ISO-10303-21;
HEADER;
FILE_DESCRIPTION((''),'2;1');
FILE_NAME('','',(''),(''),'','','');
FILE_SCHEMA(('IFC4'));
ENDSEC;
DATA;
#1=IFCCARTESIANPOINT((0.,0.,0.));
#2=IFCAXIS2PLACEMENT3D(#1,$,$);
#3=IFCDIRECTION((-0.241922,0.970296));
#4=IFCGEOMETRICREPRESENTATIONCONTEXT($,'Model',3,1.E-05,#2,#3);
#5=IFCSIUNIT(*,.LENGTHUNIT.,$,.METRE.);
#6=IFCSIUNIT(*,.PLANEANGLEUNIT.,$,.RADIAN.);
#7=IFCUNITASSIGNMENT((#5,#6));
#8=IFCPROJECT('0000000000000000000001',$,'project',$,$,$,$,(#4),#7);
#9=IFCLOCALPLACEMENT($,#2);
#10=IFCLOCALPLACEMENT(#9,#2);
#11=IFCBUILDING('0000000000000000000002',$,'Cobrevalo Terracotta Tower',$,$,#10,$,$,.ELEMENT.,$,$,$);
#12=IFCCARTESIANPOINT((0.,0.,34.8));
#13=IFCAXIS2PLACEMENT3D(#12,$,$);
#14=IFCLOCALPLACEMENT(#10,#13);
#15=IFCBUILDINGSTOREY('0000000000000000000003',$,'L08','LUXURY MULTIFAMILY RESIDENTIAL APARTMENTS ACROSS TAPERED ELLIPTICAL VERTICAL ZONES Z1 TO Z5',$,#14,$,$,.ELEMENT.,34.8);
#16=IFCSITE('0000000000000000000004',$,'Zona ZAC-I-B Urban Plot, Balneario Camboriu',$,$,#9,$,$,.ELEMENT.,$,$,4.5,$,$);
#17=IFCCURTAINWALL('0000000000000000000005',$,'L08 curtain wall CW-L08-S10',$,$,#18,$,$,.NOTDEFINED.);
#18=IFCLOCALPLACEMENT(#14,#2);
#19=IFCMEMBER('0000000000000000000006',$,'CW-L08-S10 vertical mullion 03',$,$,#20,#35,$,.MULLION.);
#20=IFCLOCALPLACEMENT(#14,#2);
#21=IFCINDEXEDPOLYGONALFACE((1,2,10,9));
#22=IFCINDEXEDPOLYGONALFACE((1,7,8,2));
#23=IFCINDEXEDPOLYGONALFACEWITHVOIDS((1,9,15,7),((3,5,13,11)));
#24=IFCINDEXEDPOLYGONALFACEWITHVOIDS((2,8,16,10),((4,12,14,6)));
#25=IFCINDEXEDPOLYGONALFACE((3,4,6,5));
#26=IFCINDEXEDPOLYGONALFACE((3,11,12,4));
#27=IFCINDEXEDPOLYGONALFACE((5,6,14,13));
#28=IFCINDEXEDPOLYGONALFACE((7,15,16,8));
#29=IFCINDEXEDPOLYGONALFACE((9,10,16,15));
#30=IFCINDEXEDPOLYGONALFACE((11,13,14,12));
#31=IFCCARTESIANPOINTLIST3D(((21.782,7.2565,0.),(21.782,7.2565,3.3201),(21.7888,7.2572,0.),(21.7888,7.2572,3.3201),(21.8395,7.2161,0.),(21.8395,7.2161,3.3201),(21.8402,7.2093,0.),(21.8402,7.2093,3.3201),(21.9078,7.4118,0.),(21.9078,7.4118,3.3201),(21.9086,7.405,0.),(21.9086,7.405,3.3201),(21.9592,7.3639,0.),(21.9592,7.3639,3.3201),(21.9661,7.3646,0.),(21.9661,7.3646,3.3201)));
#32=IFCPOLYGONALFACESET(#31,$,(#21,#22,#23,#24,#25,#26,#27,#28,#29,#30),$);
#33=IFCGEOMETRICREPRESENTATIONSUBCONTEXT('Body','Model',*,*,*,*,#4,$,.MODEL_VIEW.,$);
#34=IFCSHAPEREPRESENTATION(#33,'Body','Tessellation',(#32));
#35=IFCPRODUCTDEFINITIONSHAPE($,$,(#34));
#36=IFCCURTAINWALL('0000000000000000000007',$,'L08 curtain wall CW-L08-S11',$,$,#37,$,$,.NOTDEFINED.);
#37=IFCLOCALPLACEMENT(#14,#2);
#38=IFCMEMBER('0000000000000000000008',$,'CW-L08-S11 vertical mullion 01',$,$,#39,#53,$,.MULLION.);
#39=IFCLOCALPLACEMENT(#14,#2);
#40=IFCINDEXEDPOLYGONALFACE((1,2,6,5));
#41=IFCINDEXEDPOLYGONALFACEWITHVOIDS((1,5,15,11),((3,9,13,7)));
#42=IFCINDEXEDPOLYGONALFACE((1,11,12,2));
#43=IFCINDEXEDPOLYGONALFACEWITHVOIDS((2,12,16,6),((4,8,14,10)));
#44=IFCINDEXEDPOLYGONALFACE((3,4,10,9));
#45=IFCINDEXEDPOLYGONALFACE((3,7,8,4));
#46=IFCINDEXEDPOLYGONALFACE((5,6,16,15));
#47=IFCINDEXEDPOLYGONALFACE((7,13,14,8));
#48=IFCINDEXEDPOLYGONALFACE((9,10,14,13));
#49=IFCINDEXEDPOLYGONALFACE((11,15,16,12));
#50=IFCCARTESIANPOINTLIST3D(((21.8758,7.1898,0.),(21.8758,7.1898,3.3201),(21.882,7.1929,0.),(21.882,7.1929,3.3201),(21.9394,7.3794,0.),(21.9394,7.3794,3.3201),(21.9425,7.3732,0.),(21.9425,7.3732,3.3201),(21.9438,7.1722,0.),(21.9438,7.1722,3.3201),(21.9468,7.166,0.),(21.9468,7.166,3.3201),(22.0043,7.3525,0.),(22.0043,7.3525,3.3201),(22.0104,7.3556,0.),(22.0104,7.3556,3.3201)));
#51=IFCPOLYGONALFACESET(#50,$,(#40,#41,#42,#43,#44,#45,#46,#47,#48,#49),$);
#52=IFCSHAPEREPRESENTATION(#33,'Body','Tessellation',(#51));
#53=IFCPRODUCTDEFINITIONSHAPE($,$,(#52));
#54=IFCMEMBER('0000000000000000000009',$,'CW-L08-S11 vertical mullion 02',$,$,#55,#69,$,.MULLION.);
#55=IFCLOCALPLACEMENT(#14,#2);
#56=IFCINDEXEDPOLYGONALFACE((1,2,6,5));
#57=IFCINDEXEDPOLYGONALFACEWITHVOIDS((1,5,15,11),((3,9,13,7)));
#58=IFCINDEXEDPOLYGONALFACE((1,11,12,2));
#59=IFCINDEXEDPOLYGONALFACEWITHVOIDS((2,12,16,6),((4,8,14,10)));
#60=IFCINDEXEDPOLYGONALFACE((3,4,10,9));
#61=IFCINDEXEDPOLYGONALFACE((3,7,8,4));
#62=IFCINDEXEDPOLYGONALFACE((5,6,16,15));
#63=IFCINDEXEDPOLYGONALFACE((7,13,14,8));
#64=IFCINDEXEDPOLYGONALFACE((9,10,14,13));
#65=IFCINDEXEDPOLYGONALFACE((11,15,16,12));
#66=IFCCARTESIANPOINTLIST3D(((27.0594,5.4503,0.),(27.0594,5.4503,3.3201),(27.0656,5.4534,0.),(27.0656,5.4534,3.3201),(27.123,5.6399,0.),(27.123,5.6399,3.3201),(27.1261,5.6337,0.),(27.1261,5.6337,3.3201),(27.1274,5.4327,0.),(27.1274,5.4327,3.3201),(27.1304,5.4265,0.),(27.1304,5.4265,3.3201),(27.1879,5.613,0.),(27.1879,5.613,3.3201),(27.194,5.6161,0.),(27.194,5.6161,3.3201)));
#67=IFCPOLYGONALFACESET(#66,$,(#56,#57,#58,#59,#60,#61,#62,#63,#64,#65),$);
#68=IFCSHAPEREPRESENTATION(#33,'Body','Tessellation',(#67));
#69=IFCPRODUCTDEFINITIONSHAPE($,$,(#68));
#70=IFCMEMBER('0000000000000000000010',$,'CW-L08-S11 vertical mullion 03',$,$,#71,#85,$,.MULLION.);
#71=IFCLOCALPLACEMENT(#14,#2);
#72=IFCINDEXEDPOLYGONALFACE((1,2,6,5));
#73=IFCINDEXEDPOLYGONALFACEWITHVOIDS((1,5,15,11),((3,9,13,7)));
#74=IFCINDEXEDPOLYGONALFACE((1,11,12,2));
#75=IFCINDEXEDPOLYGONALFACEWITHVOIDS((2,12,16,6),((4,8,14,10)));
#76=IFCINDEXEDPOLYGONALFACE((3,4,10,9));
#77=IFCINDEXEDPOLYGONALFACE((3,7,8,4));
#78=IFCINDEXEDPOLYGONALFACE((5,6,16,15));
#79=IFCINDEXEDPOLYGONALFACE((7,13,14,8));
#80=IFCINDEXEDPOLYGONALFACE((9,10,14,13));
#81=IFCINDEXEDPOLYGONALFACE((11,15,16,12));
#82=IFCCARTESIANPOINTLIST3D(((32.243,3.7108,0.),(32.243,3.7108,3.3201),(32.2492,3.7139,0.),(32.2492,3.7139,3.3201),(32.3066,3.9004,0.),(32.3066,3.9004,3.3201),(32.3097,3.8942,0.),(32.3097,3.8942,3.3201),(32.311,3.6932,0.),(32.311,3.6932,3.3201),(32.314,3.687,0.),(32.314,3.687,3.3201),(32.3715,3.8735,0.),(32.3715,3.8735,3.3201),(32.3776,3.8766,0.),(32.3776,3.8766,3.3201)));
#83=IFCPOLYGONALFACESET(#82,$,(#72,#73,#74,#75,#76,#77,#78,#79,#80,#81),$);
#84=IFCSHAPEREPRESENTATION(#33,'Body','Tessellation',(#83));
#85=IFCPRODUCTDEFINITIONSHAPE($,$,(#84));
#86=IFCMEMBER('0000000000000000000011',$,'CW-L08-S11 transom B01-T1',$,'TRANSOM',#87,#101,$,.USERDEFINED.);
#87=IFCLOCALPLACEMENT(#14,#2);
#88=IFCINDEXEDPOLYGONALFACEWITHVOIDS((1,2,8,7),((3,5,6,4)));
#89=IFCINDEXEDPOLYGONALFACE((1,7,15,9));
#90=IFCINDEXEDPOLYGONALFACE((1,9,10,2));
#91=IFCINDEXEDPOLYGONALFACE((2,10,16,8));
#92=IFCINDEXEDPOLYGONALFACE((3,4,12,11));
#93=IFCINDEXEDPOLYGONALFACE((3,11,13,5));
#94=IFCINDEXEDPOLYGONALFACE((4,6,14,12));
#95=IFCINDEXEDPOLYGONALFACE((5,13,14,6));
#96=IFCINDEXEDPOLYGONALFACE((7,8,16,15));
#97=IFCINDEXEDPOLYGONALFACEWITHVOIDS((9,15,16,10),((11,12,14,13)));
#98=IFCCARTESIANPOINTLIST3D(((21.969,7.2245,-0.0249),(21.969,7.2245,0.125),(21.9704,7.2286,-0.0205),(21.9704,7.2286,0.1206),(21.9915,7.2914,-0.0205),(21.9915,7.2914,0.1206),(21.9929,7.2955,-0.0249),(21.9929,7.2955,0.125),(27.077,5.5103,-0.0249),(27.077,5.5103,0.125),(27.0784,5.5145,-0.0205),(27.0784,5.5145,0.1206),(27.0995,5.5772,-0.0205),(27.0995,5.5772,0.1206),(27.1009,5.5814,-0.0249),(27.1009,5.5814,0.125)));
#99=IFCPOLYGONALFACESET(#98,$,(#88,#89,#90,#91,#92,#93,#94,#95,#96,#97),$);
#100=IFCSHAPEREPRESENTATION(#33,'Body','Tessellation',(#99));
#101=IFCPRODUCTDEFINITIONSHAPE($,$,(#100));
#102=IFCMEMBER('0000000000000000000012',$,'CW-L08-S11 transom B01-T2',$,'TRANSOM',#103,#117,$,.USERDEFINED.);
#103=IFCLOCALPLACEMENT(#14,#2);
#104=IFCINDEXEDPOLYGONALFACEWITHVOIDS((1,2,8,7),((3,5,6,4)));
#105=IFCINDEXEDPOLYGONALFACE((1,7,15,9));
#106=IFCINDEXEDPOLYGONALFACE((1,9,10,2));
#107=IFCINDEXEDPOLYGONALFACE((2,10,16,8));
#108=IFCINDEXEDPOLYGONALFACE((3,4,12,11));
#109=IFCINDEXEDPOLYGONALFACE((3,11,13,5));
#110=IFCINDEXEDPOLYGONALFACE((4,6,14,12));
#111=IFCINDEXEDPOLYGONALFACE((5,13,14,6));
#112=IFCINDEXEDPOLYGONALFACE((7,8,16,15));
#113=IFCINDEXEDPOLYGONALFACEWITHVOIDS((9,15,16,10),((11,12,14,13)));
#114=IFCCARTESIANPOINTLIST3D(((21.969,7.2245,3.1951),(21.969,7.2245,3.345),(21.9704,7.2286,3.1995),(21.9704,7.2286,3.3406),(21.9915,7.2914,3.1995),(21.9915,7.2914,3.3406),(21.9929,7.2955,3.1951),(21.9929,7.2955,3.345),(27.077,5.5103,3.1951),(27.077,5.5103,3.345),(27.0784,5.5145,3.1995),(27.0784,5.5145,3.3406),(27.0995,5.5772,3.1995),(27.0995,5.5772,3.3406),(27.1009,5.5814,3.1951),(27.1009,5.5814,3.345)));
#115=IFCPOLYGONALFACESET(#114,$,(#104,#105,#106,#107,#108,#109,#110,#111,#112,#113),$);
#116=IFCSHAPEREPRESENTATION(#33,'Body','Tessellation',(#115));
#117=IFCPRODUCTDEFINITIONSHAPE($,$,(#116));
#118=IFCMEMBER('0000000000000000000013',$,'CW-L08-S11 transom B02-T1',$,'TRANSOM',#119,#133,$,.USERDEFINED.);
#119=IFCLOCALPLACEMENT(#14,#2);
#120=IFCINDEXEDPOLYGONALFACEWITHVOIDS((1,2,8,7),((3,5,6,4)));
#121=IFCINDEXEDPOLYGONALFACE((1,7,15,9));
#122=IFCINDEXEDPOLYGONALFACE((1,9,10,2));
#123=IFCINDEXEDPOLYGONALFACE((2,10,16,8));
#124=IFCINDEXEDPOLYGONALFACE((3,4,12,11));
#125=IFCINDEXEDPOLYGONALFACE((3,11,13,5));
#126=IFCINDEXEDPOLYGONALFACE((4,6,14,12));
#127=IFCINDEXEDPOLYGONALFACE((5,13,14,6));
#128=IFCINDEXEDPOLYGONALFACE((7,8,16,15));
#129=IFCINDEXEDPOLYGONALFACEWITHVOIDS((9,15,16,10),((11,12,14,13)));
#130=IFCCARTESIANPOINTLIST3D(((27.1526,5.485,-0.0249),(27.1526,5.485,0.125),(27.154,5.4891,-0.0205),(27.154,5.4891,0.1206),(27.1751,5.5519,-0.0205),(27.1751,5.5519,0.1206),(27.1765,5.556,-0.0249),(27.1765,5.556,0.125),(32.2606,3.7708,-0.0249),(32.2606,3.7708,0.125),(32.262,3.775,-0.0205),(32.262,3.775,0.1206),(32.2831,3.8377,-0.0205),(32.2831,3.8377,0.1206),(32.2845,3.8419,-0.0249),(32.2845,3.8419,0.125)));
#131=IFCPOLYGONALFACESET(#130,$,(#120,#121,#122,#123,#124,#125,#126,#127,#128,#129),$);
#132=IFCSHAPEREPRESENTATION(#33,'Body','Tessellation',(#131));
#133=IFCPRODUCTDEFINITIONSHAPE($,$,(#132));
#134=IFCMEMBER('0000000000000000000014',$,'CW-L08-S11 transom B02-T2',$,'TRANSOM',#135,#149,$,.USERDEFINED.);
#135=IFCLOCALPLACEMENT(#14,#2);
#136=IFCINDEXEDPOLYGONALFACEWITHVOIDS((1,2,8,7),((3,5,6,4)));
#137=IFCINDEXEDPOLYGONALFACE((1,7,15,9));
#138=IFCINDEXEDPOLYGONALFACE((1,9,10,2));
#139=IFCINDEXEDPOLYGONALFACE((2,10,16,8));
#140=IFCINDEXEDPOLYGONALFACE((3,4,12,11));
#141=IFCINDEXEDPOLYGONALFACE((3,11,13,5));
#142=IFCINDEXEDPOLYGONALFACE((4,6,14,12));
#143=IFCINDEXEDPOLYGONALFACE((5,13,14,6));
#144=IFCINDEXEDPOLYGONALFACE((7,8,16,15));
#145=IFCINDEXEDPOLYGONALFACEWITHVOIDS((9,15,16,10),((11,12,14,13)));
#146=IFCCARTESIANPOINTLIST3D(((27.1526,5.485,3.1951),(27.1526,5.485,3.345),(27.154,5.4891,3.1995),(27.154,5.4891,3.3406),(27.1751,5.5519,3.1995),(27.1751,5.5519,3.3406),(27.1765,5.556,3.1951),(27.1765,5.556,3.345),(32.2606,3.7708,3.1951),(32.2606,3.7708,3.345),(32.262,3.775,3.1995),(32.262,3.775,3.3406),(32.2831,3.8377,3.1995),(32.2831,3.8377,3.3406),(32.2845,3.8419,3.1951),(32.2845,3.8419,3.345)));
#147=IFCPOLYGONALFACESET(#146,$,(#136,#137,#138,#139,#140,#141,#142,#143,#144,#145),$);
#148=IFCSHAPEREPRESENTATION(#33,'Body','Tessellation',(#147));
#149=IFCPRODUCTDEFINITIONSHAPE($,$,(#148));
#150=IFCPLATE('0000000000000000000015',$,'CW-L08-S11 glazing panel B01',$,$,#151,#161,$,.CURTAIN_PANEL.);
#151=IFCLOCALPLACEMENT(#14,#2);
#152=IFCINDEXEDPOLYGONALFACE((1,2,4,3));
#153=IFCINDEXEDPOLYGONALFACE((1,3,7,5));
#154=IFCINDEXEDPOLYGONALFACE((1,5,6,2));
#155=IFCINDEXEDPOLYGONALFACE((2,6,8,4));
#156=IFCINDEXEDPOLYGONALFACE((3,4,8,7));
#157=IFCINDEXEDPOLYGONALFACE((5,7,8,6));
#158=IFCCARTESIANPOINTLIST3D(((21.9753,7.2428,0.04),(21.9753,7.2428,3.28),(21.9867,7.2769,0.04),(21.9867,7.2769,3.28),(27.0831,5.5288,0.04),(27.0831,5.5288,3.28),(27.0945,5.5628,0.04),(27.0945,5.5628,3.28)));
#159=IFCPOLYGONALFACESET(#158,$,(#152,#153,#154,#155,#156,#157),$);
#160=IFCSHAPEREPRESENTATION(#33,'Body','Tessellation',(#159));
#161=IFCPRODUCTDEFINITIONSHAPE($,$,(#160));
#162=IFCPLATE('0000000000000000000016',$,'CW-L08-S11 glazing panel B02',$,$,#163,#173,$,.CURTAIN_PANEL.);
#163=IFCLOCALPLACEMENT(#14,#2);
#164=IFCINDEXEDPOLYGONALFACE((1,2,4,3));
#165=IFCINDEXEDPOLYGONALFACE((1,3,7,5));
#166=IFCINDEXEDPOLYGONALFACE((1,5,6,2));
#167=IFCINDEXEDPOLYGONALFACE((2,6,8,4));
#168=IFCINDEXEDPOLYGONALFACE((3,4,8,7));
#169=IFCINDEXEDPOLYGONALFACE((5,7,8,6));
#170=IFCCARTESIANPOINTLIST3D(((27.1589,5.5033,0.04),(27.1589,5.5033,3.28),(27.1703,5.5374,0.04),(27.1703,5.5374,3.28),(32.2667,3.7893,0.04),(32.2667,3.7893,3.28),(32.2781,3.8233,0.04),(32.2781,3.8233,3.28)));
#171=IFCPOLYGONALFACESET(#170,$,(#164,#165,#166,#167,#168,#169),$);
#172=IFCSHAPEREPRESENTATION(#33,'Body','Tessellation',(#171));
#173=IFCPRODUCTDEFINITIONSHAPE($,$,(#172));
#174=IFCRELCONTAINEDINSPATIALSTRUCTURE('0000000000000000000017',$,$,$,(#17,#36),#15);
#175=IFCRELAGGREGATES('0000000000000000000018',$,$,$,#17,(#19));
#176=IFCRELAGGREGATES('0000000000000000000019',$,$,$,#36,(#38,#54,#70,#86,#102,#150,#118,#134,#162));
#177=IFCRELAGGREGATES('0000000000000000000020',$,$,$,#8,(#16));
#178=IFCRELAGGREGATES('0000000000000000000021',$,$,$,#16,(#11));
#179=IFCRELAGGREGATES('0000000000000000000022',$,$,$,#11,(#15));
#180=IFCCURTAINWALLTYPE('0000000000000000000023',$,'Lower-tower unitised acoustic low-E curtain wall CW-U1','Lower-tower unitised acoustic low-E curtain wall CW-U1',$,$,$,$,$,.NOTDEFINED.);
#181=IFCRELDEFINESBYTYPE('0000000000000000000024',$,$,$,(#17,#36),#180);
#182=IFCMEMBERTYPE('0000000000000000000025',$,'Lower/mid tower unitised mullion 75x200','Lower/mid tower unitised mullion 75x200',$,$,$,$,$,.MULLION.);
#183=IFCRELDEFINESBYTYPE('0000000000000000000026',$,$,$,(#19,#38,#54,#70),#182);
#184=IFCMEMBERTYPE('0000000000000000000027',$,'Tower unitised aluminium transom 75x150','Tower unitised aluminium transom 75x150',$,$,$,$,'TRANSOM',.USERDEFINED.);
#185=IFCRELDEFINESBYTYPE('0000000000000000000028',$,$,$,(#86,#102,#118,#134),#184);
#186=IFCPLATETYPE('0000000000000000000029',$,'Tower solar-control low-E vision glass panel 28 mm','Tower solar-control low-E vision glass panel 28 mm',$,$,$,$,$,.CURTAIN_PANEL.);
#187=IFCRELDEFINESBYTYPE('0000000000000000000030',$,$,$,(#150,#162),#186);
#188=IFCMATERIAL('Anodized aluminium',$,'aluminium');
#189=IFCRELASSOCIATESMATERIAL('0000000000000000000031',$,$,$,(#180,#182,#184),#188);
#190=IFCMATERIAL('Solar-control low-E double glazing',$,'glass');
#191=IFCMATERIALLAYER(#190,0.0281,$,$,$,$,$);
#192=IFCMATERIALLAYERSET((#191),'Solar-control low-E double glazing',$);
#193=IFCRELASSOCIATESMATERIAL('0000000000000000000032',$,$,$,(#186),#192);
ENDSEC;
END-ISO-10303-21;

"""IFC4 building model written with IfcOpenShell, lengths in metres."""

from ifc_helpers import new_model, si_unit, direction, frame, origin, origin_2d, place, context, subcontext, project, spatial, rectangle, hollow_rectangle, extrude, source, transform, mapped, material, layer, layer_set, material_profile, profile_set, type_object, element, aggregate, save


model = new_model("IFC4")

# Units and contexts
model_context = context("Model", 3, precision=1e-05, world=origin(), true_north=direction((-0.241922, 0.970296)))
body_context = subcontext(model_context, "Body", "Model", "MODEL_VIEW")
ifc_project = project(units=[si_unit("LENGTHUNIT", "METRE"), si_unit("PLANEANGLEUNIT", "RADIAN")], contexts=[model_context])

# Site, building, storey
site_placement = place(None, origin())
site = spatial("IfcSite", under=ifc_project, at=site_placement, Name="Zona ZAC-I-B Urban Plot, Balneario Camboriu", CompositionType="ELEMENT", RefElevation=4.5)
building_placement = place(site_placement, origin())
building = spatial("IfcBuilding", under=site, at=building_placement, Name="Cobrevalo Terracotta Tower", CompositionType="ELEMENT")
storey_placement = place(building_placement, frame((0.0, 0.0, 34.8)))
storey = spatial("IfcBuildingStorey", under=building, at=storey_placement, Name="L08", Description="LUXURY MULTIFAMILY RESIDENTIAL APARTMENTS ACROSS TAPERED ELLIPTICAL VERTICAL ZONES Z1 TO Z5", CompositionType="ELEMENT", Elevation=34.8)

# Curtain wall, member
ifc_material_1 = material(Name="Anodized aluminium", Category="aluminium")
curtain_wall_type = type_object("IfcCurtainWallType", Name="Lower-tower unitised acoustic low-E curtain wall CW-U1", Description="Lower-tower unitised acoustic low-E curtain wall CW-U1", PredefinedType="NOTDEFINED", material=ifc_material_1)
curtain_wall_1_placement = place(storey_placement, origin())
curtain_wall_1 = element("IfcCurtainWall", 1, at=curtain_wall_1_placement, inside=storey, type_object=curtain_wall_type, Name="L08 curtain wall CW-L08-S10", PredefinedType="NOTDEFINED")
ifc_material_profile_1 = material_profile(ifc_material_1, hollow_rectangle(XDim=0.075, YDim=0.2, WallThickness=0.0049, at=origin_2d()), Name="CWM 75x200")
ifc_profile_set_1 = profile_set([ifc_material_profile_1], Name="Anodized aluminium")
member_type_1 = type_object("IfcMemberType", Name="Lower/mid tower unitised mullion 75x200", Description="Lower/mid tower unitised mullion 75x200", PredefinedType="MULLION", material=ifc_profile_set_1)
shared_shape_1 = source(origin(), body_context, "Body", "SweptSolid", [
    extrude(hollow_rectangle(XDim=0.075, YDim=0.2, WallThickness=0.0049, at=origin_2d()), origin(), (0.0, 0.0, 1.0), 3.3201),
])
member_1_placement = place(storey_placement, frame((21.874, 7.3105, 0.0), z_axis=(0.0, 0.0, 1.0), x_axis=(0.777003, -0.629497, 0.0)))
member_1 = element("IfcMember", 2, at=member_1_placement, type_object=member_type_1, Name="CW-L08-S10 vertical mullion 03", PredefinedType="MULLION", context=body_context, shape_type="MappedRepresentation", body=[
    mapped(shared_shape_1, transform((0.0, 0.0, 0.0), scale=1.0)),
])
aggregate(curtain_wall_1, [member_1])

# Curtain wall, members, plates
curtain_wall_2_placement = place(storey_placement, origin())
curtain_wall_2 = element("IfcCurtainWall", 3, at=curtain_wall_2_placement, inside=storey, type_object=curtain_wall_type, Name="L08 curtain wall CW-L08-S11", PredefinedType="NOTDEFINED")
member_2_placement = place(storey_placement, frame((21.9431, 7.2727, 0.0), z_axis=(0.0, 0.0, 1.0), x_axis=(0.948046, -0.318132, 0.0)))
member_2 = element("IfcMember", 4, at=member_2_placement, type_object=member_type_1, Name="CW-L08-S11 vertical mullion 01", PredefinedType="MULLION", context=body_context, shape_type="MappedRepresentation", body=[
    mapped(shared_shape_1, transform((0.0, 0.0, 0.0), scale=1.0)),
])
member_3_placement = place(storey_placement, frame((27.1267, 5.5332, 0.0), z_axis=(0.0, 0.0, 1.0), x_axis=(0.948046, -0.318132, 0.0)))
member_3 = element("IfcMember", 5, at=member_3_placement, type_object=member_type_1, Name="CW-L08-S11 vertical mullion 02", PredefinedType="MULLION", context=body_context, shape_type="MappedRepresentation", body=[
    mapped(shared_shape_1, transform((0.0, 0.0, 0.0), scale=1.0)),
])
member_4_placement = place(storey_placement, frame((32.3103, 3.7937, 0.0), z_axis=(0.0, 0.0, 1.0), x_axis=(0.948046, -0.318132, 0.0)))
member_4 = element("IfcMember", 6, at=member_4_placement, type_object=member_type_1, Name="CW-L08-S11 vertical mullion 03", PredefinedType="MULLION", context=body_context, shape_type="MappedRepresentation", body=[
    mapped(shared_shape_1, transform((0.0, 0.0, 0.0), scale=1.0)),
])
ifc_material_profile_2 = material_profile(ifc_material_1, hollow_rectangle(XDim=0.075, YDim=0.1499, WallThickness=0.0044, at=origin_2d()), Name="CWT 75x150")
ifc_profile_set_2 = profile_set([ifc_material_profile_2], Name="Anodized aluminium")
member_type_2 = type_object("IfcMemberType", Name="Tower unitised aluminium transom 75x150", Description="Tower unitised aluminium transom 75x150", ElementType="TRANSOM", PredefinedType="USERDEFINED", material=ifc_profile_set_2)
shared_shape_2 = source(origin(), body_context, "Body", "SweptSolid", [
    extrude(hollow_rectangle(XDim=0.075, YDim=0.1499, WallThickness=0.0044, at=origin_2d()), origin(), (0.0, 0.0, 1.0), 5.3879),
])
member_5_placement = place(storey_placement, frame((21.981, 7.26, 0.05), z_axis=(0.948042, -0.318144, 0.0), x_axis=(0.318144, 0.948042, 0.0)))
member_5 = element("IfcMember", 7, at=member_5_placement, type_object=member_type_2, Name="CW-L08-S11 transom B01-T1", ObjectType="TRANSOM", PredefinedType="USERDEFINED", context=body_context, shape_type="MappedRepresentation", body=[
    mapped(shared_shape_2, transform((0.0, 0.0, 0.0), scale=1.0)),
])
member_6_placement = place(storey_placement, frame((21.981, 7.26, 3.27), z_axis=(0.948042, -0.318144, 0.0), x_axis=(0.318144, 0.948042, 0.0)))
member_6 = element("IfcMember", 8, at=member_6_placement, type_object=member_type_2, Name="CW-L08-S11 transom B01-T2", ObjectType="TRANSOM", PredefinedType="USERDEFINED", context=body_context, shape_type="MappedRepresentation", body=[
    mapped(shared_shape_2, transform((0.0, 0.0, 0.0), scale=1.0)),
])
member_7_placement = place(storey_placement, frame((27.1646, 5.5205, 0.05), z_axis=(0.948042, -0.318144, 0.0), x_axis=(0.318144, 0.948042, 0.0)))
member_7 = element("IfcMember", 9, at=member_7_placement, type_object=member_type_2, Name="CW-L08-S11 transom B02-T1", ObjectType="TRANSOM", PredefinedType="USERDEFINED", context=body_context, shape_type="MappedRepresentation", body=[
    mapped(shared_shape_2, transform((0.0, 0.0, 0.0), scale=1.0)),
])
member_8_placement = place(storey_placement, frame((27.1646, 5.5205, 3.27), z_axis=(0.948042, -0.318144, 0.0), x_axis=(0.318144, 0.948042, 0.0)))
member_8 = element("IfcMember", 10, at=member_8_placement, type_object=member_type_2, Name="CW-L08-S11 transom B02-T2", ObjectType="TRANSOM", PredefinedType="USERDEFINED", context=body_context, shape_type="MappedRepresentation", body=[
    mapped(shared_shape_2, transform((0.0, 0.0, 0.0), scale=1.0)),
])
ifc_material_2 = material(Name="Solar-control low-E double glazing", Category="glass")
ifc_layer_1 = layer(ifc_material_2, 0.0281)
ifc_layer_set_1 = layer_set([ifc_layer_1], Name="Solar-control low-E double glazing")
plate_type = type_object("IfcPlateType", Name="Tower solar-control low-E vision glass panel 28 mm", Description="Tower solar-control low-E vision glass panel 28 mm", PredefinedType="CURTAIN_PANEL", material=ifc_layer_set_1)
shared_shape_3 = source(origin(), body_context, "Body", "SweptSolid", [
    extrude(rectangle(XDim=5.3877, YDim=0.0359, at=origin_2d()), origin(), (0.0, 0.0, 1.0), 3.24),
])
plate_1_placement = place(storey_placement, frame((24.5349, 6.4028, 0.04), z_axis=(0.0, 0.0, 1.0), x_axis=(0.948044, -0.318139, 0.0)))
plate_1 = element("IfcPlate", 11, at=plate_1_placement, type_object=plate_type, Name="CW-L08-S11 glazing panel B01", PredefinedType="CURTAIN_PANEL", context=body_context, shape_type="MappedRepresentation", body=[
    mapped(shared_shape_3, transform((0.0, 0.0, 0.0), scale=1.0)),
])
plate_2_placement = place(storey_placement, frame((29.7185, 4.6633, 0.04), z_axis=(0.0, 0.0, 1.0), x_axis=(0.948044, -0.318139, 0.0)))
plate_2 = element("IfcPlate", 12, at=plate_2_placement, type_object=plate_type, Name="CW-L08-S11 glazing panel B02", PredefinedType="CURTAIN_PANEL", context=body_context, shape_type="MappedRepresentation", body=[
    mapped(shared_shape_3, transform((0.0, 0.0, 0.0), scale=1.0)),
])
aggregate(curtain_wall_2, [member_2, member_3, member_4, member_5, member_6, plate_1, member_7, member_8, plate_2])

save(model, "model.ifc")
